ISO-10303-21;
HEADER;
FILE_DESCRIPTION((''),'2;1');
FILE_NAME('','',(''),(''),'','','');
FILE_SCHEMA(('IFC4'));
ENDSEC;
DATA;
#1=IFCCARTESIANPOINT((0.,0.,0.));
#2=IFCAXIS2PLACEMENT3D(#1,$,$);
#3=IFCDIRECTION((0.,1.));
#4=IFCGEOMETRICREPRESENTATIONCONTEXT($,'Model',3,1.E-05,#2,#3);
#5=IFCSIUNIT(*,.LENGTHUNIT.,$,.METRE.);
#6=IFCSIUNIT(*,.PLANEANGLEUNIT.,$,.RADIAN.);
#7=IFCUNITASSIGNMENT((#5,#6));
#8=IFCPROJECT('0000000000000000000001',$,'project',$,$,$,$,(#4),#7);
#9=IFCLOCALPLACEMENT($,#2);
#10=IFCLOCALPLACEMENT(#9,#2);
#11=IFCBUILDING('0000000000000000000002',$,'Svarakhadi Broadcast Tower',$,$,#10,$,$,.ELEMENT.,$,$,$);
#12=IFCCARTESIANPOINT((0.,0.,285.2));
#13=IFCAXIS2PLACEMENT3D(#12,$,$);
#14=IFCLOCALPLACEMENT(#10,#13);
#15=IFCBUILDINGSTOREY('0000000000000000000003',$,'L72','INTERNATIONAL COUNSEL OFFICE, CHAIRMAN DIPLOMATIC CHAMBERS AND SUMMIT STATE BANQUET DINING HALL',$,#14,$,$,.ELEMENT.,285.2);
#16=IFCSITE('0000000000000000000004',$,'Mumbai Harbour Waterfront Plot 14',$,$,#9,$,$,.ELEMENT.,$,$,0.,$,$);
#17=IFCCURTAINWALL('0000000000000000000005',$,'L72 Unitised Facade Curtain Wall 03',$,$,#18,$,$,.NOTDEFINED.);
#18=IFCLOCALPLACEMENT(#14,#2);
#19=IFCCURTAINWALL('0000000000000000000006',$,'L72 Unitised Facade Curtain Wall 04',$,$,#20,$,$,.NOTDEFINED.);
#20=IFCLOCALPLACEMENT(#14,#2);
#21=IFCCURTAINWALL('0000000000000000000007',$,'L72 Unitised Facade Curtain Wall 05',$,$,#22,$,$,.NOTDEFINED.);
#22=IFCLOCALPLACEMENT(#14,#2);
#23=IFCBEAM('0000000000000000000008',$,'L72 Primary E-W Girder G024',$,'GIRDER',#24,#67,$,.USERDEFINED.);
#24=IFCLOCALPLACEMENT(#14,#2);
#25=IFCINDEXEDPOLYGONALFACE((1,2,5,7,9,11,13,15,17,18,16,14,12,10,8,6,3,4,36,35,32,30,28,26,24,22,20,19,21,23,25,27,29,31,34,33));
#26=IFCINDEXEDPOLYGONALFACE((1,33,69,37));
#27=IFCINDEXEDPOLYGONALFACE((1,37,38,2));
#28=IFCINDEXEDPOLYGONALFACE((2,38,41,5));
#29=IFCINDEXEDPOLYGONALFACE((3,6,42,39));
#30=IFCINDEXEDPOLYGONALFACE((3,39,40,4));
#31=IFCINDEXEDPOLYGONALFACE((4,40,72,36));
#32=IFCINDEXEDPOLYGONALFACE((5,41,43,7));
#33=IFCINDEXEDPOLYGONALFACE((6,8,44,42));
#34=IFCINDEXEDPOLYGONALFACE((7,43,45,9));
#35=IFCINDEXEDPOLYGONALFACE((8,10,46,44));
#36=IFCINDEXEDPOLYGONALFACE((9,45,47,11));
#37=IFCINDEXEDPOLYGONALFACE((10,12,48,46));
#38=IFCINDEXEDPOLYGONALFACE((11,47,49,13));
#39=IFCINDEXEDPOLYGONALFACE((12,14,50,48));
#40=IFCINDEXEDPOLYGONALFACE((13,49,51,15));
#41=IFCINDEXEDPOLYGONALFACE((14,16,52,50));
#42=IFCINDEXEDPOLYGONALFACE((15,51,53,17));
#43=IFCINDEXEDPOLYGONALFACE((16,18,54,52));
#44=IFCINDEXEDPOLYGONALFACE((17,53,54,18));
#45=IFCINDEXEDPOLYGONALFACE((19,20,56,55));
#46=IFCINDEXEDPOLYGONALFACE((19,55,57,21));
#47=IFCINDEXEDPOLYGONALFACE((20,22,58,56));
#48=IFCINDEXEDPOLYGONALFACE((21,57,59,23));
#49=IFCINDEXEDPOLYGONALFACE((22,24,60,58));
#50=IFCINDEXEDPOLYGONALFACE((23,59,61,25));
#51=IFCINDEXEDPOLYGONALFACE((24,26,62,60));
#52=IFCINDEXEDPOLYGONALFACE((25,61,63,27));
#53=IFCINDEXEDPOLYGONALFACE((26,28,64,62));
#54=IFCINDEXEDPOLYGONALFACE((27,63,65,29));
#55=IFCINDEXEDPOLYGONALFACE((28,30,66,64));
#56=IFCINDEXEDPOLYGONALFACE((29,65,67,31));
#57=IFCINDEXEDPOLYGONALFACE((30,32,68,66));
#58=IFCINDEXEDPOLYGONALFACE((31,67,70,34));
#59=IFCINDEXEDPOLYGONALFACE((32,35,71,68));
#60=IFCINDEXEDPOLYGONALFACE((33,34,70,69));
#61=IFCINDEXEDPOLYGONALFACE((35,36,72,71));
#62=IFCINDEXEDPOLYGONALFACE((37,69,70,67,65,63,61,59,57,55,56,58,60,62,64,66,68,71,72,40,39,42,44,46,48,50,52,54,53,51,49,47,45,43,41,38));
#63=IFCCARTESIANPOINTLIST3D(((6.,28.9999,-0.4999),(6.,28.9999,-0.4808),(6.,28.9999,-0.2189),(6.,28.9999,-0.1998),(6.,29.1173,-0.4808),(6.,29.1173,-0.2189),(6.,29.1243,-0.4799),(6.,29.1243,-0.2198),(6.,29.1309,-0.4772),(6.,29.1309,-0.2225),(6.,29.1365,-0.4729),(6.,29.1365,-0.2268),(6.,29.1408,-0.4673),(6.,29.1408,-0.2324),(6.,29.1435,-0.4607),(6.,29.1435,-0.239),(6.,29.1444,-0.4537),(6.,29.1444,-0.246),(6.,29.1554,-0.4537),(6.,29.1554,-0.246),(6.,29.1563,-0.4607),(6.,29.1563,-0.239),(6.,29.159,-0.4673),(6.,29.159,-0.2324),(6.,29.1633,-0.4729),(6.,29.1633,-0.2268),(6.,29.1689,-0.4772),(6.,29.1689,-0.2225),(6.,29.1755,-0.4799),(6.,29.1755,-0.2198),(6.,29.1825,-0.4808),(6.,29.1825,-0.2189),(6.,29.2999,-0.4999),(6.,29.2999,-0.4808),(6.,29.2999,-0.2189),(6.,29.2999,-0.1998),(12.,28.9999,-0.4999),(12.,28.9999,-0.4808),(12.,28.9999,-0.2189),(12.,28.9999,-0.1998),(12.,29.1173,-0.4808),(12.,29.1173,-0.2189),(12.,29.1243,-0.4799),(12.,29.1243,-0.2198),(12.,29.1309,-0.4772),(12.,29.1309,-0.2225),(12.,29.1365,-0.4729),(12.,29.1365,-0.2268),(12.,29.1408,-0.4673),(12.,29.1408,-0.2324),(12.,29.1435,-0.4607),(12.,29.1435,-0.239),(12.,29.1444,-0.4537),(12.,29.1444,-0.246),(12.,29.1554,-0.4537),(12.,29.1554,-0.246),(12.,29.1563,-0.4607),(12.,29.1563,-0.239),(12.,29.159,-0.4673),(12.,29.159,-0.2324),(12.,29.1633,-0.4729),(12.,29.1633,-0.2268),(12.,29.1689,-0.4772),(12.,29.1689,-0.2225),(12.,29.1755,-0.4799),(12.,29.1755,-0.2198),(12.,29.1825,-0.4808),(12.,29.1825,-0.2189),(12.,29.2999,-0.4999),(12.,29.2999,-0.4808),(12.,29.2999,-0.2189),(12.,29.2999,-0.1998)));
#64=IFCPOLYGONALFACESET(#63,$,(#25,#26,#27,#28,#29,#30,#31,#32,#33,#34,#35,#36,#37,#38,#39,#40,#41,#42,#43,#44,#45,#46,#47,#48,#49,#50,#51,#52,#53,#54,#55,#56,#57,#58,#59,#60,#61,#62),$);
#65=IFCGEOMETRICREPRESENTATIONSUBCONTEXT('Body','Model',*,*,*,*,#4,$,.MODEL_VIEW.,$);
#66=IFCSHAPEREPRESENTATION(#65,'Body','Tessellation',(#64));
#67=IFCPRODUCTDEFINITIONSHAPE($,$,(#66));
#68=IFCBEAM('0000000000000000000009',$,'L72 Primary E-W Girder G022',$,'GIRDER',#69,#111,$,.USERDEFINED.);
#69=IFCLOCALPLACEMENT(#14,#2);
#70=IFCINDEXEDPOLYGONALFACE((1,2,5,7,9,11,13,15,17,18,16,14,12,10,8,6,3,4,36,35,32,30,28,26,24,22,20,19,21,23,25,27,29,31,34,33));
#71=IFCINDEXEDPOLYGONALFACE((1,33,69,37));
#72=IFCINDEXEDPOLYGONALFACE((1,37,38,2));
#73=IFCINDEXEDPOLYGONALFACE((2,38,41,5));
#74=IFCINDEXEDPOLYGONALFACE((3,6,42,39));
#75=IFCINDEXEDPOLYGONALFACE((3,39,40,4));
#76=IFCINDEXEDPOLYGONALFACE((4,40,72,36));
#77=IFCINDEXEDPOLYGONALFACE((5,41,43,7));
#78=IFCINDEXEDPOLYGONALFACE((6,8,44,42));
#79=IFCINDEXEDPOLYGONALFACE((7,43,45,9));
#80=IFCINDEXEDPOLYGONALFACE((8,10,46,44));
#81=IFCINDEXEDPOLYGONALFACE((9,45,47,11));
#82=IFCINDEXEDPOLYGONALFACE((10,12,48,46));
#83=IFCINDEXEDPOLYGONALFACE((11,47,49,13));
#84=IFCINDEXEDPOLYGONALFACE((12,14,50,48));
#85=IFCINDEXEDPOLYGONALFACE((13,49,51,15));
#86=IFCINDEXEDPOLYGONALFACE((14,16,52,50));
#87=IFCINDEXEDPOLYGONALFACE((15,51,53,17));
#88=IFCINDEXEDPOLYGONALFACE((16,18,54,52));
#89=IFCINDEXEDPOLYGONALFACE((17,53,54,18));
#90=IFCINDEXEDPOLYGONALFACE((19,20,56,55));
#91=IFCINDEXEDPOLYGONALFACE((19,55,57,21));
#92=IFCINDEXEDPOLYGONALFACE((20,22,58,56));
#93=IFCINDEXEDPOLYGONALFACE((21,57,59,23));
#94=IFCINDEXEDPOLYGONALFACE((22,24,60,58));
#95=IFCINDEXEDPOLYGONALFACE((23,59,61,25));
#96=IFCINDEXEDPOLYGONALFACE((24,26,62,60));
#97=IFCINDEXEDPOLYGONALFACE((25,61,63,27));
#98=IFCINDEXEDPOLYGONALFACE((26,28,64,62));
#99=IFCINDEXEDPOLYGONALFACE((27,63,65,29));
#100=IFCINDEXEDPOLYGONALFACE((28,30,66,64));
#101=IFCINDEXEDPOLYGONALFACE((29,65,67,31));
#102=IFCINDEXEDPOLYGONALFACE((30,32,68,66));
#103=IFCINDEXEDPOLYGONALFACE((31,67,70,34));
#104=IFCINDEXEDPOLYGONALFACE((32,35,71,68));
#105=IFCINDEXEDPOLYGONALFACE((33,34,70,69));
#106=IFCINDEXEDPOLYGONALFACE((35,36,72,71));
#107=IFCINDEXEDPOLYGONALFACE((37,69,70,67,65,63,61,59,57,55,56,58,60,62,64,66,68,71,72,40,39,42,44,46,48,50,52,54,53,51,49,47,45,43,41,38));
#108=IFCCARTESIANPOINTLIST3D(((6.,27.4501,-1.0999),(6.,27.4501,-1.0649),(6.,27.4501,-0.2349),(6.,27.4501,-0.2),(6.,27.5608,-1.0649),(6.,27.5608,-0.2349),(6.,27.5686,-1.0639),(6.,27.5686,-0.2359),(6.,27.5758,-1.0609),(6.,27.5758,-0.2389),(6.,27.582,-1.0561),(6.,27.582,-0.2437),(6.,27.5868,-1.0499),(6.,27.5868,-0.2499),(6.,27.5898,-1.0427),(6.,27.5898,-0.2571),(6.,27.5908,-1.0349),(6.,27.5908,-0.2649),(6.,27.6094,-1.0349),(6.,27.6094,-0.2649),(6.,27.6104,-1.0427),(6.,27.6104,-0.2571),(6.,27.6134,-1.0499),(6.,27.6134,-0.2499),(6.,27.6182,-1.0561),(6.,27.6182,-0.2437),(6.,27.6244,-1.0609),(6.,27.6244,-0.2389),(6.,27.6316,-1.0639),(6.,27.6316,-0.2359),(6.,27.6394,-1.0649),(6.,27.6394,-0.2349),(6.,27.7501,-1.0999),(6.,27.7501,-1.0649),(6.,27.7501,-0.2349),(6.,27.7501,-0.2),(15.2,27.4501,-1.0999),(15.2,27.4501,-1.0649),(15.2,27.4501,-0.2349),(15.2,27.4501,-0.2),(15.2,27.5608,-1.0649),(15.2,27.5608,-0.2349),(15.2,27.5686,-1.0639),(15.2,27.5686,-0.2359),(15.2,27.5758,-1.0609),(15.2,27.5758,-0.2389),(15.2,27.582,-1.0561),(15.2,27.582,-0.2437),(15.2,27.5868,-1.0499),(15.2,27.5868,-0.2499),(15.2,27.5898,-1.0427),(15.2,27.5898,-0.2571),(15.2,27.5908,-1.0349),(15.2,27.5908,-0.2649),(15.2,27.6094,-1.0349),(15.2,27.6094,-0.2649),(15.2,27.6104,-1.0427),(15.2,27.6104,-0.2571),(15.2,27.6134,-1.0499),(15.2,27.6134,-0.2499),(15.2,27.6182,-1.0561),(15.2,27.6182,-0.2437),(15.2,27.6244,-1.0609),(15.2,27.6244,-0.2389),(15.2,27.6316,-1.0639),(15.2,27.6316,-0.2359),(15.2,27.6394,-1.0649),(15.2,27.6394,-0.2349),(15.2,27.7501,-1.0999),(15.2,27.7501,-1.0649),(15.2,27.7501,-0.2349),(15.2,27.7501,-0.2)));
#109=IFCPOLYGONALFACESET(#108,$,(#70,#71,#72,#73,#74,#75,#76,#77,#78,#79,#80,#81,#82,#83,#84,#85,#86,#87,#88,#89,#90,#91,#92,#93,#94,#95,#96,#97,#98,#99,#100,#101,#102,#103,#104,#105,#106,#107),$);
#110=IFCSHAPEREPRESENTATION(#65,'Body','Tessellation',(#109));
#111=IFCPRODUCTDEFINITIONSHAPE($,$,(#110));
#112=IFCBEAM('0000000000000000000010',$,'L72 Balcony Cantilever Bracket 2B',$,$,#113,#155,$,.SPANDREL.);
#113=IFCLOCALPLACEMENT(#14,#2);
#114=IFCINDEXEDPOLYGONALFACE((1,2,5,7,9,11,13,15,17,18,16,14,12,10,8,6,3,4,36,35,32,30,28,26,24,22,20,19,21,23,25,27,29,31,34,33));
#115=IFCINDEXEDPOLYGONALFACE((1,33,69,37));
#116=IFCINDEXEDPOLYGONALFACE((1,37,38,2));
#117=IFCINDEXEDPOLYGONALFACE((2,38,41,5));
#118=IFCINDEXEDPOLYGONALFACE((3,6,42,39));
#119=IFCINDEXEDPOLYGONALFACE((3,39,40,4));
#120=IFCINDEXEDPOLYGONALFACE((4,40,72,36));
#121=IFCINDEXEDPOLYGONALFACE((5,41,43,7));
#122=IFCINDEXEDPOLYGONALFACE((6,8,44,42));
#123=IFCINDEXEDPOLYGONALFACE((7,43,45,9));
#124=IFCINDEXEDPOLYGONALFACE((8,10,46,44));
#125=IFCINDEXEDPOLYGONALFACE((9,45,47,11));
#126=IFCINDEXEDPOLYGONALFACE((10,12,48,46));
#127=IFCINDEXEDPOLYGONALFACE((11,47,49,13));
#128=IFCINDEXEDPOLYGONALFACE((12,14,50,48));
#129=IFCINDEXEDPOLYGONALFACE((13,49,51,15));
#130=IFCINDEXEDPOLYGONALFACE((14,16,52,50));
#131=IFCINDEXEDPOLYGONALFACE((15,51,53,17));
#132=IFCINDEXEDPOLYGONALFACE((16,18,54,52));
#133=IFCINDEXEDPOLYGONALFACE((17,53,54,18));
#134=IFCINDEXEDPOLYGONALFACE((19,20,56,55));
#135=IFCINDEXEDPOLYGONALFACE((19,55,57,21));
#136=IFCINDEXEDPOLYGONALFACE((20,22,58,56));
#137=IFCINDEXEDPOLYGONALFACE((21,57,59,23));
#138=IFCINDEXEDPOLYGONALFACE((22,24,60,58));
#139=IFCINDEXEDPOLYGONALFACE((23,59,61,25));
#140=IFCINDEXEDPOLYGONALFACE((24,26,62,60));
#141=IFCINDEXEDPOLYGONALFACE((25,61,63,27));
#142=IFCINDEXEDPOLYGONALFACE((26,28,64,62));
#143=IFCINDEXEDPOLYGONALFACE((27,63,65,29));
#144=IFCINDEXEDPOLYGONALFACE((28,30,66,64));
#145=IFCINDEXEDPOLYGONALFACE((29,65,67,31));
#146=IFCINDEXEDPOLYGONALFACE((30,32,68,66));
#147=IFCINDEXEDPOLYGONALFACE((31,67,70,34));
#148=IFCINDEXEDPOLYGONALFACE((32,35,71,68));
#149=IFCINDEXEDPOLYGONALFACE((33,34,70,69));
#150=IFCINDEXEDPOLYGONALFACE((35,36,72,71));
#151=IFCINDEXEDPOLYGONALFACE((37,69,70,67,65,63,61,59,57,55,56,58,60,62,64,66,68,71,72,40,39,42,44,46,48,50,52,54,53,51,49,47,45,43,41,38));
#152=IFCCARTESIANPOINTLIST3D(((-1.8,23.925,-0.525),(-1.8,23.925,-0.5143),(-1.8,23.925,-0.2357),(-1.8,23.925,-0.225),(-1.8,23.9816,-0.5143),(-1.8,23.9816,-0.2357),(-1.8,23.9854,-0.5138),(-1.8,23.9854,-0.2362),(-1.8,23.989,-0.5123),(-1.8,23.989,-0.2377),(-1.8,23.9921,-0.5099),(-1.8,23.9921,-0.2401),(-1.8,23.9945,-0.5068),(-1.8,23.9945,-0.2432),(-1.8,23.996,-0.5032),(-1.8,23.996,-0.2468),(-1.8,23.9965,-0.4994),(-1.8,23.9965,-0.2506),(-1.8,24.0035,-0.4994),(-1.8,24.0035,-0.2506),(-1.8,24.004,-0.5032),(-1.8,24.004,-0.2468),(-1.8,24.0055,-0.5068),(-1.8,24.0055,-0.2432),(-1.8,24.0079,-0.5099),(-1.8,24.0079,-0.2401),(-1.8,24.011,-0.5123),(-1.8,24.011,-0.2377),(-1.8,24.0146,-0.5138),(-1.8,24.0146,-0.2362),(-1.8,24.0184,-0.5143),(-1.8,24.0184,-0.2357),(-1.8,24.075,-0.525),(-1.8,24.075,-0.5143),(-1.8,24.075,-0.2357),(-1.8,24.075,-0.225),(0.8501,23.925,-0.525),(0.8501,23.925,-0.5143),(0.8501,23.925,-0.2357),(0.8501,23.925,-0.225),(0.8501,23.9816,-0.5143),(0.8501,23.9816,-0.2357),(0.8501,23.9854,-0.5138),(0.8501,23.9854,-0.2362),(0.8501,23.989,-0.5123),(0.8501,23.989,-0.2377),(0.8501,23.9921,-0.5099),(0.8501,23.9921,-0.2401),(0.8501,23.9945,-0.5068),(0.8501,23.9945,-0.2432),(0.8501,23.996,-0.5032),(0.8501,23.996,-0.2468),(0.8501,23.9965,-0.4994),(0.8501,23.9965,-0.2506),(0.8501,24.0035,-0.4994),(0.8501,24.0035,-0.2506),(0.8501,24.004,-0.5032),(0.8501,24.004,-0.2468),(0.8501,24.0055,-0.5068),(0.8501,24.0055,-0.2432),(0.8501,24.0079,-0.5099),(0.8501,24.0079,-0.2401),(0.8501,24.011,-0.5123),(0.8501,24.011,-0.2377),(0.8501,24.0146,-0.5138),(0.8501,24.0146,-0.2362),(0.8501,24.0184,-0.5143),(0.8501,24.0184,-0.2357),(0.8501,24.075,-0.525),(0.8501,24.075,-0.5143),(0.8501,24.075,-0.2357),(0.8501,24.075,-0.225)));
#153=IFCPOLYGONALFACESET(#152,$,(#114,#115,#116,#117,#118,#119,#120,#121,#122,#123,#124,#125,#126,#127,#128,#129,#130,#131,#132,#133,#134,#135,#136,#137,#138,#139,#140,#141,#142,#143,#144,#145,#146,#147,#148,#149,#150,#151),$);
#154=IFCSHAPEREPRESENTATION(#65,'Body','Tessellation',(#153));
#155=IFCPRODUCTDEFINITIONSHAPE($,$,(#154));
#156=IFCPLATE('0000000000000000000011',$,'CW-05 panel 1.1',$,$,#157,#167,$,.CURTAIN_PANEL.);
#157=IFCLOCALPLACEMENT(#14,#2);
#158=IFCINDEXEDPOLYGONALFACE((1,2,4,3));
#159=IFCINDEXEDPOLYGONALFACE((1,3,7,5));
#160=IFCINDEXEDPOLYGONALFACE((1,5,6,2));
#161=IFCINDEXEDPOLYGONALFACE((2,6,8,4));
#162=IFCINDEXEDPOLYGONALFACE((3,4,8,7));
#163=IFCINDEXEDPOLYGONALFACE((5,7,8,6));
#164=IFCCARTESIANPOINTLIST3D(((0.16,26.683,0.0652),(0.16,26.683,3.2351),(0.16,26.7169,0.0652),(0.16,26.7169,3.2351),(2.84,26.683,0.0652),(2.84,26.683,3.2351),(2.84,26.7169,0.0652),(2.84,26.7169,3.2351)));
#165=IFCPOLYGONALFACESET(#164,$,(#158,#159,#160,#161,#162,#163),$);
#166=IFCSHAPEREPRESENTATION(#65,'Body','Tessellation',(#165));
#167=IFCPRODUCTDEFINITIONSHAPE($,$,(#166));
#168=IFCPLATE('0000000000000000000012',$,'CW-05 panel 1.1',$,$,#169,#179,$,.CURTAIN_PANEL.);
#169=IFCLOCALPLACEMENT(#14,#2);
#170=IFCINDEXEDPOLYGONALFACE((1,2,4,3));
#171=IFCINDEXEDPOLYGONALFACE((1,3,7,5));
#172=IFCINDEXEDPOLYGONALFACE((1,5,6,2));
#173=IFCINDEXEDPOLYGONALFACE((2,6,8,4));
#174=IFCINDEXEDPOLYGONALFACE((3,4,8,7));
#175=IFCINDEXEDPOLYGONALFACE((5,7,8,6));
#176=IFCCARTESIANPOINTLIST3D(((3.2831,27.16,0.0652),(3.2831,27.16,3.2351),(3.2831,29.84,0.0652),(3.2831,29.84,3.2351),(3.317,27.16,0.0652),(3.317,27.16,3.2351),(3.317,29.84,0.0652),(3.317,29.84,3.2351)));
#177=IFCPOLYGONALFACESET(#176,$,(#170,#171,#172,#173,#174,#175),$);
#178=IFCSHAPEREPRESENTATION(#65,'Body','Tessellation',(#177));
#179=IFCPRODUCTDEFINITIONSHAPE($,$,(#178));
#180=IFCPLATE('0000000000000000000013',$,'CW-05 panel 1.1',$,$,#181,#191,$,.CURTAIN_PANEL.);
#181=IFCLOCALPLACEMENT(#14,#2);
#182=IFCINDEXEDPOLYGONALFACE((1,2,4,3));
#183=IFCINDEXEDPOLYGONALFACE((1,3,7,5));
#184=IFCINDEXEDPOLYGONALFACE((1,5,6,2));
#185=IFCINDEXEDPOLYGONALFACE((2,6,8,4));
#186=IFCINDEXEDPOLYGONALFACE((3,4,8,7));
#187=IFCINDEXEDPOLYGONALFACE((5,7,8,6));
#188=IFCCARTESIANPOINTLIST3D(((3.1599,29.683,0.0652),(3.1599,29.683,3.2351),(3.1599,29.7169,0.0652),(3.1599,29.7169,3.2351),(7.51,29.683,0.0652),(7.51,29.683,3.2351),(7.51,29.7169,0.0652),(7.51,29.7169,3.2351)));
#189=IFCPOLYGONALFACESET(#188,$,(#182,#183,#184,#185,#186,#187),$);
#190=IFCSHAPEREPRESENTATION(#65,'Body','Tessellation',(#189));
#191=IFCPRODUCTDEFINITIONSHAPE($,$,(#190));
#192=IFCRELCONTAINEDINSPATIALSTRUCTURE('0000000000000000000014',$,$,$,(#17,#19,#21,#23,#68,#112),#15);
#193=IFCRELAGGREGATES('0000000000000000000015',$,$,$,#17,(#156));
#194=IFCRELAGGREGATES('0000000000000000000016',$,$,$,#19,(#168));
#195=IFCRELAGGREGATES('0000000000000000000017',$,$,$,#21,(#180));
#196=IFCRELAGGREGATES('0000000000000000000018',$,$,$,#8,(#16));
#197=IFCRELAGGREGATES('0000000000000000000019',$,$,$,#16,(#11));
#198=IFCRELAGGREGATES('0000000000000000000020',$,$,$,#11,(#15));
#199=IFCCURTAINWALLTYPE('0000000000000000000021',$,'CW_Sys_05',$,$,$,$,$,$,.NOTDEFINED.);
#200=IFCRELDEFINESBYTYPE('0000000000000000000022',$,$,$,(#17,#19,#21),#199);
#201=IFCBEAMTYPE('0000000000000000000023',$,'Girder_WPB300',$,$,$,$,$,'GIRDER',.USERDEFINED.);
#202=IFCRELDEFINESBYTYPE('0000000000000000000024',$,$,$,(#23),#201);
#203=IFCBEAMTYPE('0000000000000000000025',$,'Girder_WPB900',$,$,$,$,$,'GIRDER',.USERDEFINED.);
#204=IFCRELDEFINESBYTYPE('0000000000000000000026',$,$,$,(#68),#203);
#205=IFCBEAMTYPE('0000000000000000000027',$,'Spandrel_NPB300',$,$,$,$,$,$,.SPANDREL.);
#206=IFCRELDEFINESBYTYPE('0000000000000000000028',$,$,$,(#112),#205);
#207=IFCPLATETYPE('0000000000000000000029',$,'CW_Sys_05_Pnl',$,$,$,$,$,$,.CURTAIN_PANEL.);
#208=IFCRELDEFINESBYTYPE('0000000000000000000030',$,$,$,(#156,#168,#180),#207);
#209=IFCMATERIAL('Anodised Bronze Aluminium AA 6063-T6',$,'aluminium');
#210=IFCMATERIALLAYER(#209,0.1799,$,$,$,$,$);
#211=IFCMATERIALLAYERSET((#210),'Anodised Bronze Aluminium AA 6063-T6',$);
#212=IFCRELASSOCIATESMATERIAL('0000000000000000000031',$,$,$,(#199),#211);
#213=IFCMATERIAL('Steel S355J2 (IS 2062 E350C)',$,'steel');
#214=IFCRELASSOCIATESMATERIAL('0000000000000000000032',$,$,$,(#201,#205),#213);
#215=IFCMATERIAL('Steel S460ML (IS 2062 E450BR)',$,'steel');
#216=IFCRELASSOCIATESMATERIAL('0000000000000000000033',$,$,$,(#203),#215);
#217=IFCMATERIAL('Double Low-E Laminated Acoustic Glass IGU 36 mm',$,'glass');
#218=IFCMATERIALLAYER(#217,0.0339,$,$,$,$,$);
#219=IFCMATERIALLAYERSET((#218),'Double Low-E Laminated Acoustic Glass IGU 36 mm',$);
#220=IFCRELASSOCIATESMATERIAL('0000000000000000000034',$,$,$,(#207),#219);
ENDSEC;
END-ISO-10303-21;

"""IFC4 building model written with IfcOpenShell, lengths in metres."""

from ifc_helpers import new_model, si_unit, direction, frame, origin, origin_2d, place, context, subcontext, project, spatial, rectangle, i_section, extrude, material, layer, layer_set, material_profile, profile_set, type_object, element, aggregate, save


model = new_model("IFC4")

# Units and contexts
model_context = context("Model", 3, precision=1e-05, world=origin(), true_north=direction((0.0, 1.0)))
body_context = subcontext(model_context, "Body", "Model", "MODEL_VIEW")
ifc_project = project(units=[si_unit("LENGTHUNIT", "METRE"), si_unit("PLANEANGLEUNIT", "RADIAN")], contexts=[model_context])

# Site, building, storey
site_placement = place(None, origin())
site = spatial("IfcSite", under=ifc_project, at=site_placement, Name="Mumbai Harbour Waterfront Plot 14", CompositionType="ELEMENT", RefElevation=0.0)
building_placement = place(site_placement, origin())
building = spatial("IfcBuilding", under=site, at=building_placement, Name="Svarakhadi Broadcast Tower", CompositionType="ELEMENT")
storey_placement = place(building_placement, frame((0.0, 0.0, 285.2)))
storey = spatial("IfcBuildingStorey", under=building, at=storey_placement, Name="L72", Description="INTERNATIONAL COUNSEL OFFICE, CHAIRMAN DIPLOMATIC CHAMBERS AND SUMMIT STATE BANQUET DINING HALL", CompositionType="ELEMENT", Elevation=285.2)

# Shared definitions
ifc_material_1 = material(Name="Steel S460ML (IS 2062 E450BR)", Category="steel")

# Curtain walls
ifc_material_2 = material(Name="Anodised Bronze Aluminium AA 6063-T6", Category="aluminium")
ifc_layer_1 = layer(ifc_material_2, 0.1799)
ifc_layer_set_1 = layer_set([ifc_layer_1], Name="Anodised Bronze Aluminium AA 6063-T6")
curtain_wall_type = type_object("IfcCurtainWallType", Name="CW_Sys_05", PredefinedType="NOTDEFINED", material=ifc_layer_set_1)
curtain_wall_1_placement = place(storey_placement, origin())
curtain_wall_1 = element("IfcCurtainWall", 1, at=curtain_wall_1_placement, inside=storey, type_object=curtain_wall_type, Name="L72 Unitised Facade Curtain Wall 03", PredefinedType="NOTDEFINED")
curtain_wall_2_placement = place(storey_placement, origin())
curtain_wall_2 = element("IfcCurtainWall", 2, at=curtain_wall_2_placement, inside=storey, type_object=curtain_wall_type, Name="L72 Unitised Facade Curtain Wall 04", PredefinedType="NOTDEFINED")

# Curtain wall
curtain_wall_3_placement = place(storey_placement, origin())
curtain_wall_3 = element("IfcCurtainWall", 3, at=curtain_wall_3_placement, inside=storey, type_object=curtain_wall_type, Name="L72 Unitised Facade Curtain Wall 05", PredefinedType="NOTDEFINED")

# Beams
ifc_material_3 = material(Name="Steel S355J2 (IS 2062 E350C)", Category="steel")
ifc_material_profile_1 = material_profile(ifc_material_3, i_section(OverallWidth=0.3, OverallDepth=0.3, WebThickness=0.011, FlangeThickness=0.019, FilletRadius=0.0271, at=origin_2d()), Name="WPB 300x300x117")
ifc_profile_set_1 = profile_set([ifc_material_profile_1], Name="Steel S355J2 (IS 2062 E350C)")
beam_type_1 = type_object("IfcBeamType", Name="Girder_WPB300", ElementType="GIRDER", PredefinedType="USERDEFINED", material=ifc_profile_set_1)
beam_1_placement = place(storey_placement, frame((6.0, 29.1499, -0.3499), z_axis=(1.0, 0.0, 0.0), x_axis=(0.0, 1.0, 0.0)))
element("IfcBeam", 4, at=beam_1_placement, inside=storey, type_object=beam_type_1, Name="L72 Primary E-W Girder G024", ObjectType="GIRDER", PredefinedType="USERDEFINED", context=body_context, shape_type="SweptSolid", body=[
    extrude(i_section(OverallWidth=0.3, OverallDepth=0.3, WebThickness=0.011, FlangeThickness=0.019, FilletRadius=0.0271, at=origin_2d()), origin(), (0.0, 0.0, 1.0), 6.0),
])
ifc_material_profile_2 = material_profile(ifc_material_1, i_section(OverallWidth=0.3, OverallDepth=0.8999, WebThickness=0.0186, FlangeThickness=0.0349, FilletRadius=0.03, at=origin_2d()), Name="WPB 900x300x291")
ifc_profile_set_2 = profile_set([ifc_material_profile_2], Name="Steel S460ML (IS 2062 E450BR)")
beam_type_2 = type_object("IfcBeamType", Name="Girder_WPB900", ElementType="GIRDER", PredefinedType="USERDEFINED", material=ifc_profile_set_2)
beam_2_placement = place(storey_placement, frame((6.0, 27.6001, -0.6499), z_axis=(1.0, 0.0, 0.0), x_axis=(0.0, 1.0, 0.0)))
element("IfcBeam", 5, at=beam_2_placement, inside=storey, type_object=beam_type_2, Name="L72 Primary E-W Girder G022", ObjectType="GIRDER", PredefinedType="USERDEFINED", context=body_context, shape_type="SweptSolid", body=[
    extrude(i_section(OverallWidth=0.3, OverallDepth=0.8999, WebThickness=0.0186, FlangeThickness=0.0349, FilletRadius=0.03, at=origin_2d()), origin(), (0.0, 0.0, 1.0), 9.2),
])
ifc_material_profile_3 = material_profile(ifc_material_3, i_section(OverallWidth=0.1499, OverallDepth=0.3, WebThickness=0.0071, FlangeThickness=0.0107, FilletRadius=0.0149, at=origin_2d()), Name="NPB 300x150x37")
ifc_profile_set_3 = profile_set([ifc_material_profile_3], Name="Steel S355J2 (IS 2062 E350C)")
beam_type_3 = type_object("IfcBeamType", Name="Spandrel_NPB300", PredefinedType="SPANDREL", material=ifc_profile_set_3)
beam_3_placement = place(storey_placement, frame((0.8501, 24.0, -0.375), z_axis=(-1.0, 0.0, 0.0), x_axis=(0.0, -1.0, 0.0)))
element("IfcBeam", 6, at=beam_3_placement, inside=storey, type_object=beam_type_3, Name="L72 Balcony Cantilever Bracket 2B", PredefinedType="SPANDREL", context=body_context, shape_type="SweptSolid", body=[
    extrude(i_section(OverallWidth=0.1499, OverallDepth=0.3, WebThickness=0.0071, FlangeThickness=0.0107, FilletRadius=0.0149, at=origin_2d()), origin(), (0.0, 0.0, 1.0), 2.6501),
])

# Plates
ifc_material_4 = material(Name="Double Low-E Laminated Acoustic Glass IGU 36 mm", Category="glass")
ifc_layer_2 = layer(ifc_material_4, 0.0339)
ifc_layer_set_2 = layer_set([ifc_layer_2], Name="Double Low-E Laminated Acoustic Glass IGU 36 mm")
plate_type = type_object("IfcPlateType", Name="CW_Sys_05_Pnl", PredefinedType="CURTAIN_PANEL", material=ifc_layer_set_2)
plate_1_placement = place(storey_placement, frame((1.5, 26.7, 0.0652), z_axis=(0.0, 0.0, 1.0), x_axis=(1.0, 0.0, 0.0)))
plate_1 = element("IfcPlate", 7, at=plate_1_placement, type_object=plate_type, Name="CW-05 panel 1.1", PredefinedType="CURTAIN_PANEL", context=body_context, shape_type="SweptSolid", body=[
    extrude(rectangle(XDim=2.6799, YDim=0.0339, at=origin_2d()), origin(), (0.0, 0.0, 1.0), 3.1699),
])
aggregate(curtain_wall_1, [plate_1])
plate_2_placement = place(storey_placement, frame((3.3, 28.5, 0.0652), z_axis=(0.0, 0.0, 1.0), x_axis=(0.0, 1.0, 0.0)))
plate_2 = element("IfcPlate", 8, at=plate_2_placement, type_object=plate_type, Name="CW-05 panel 1.1", PredefinedType="CURTAIN_PANEL", context=body_context, shape_type="SweptSolid", body=[
    extrude(rectangle(XDim=2.6799, YDim=0.0339, at=origin_2d()), origin(), (0.0, 0.0, 1.0), 3.1699),
])
aggregate(curtain_wall_2, [plate_2])
plate_3_placement = place(storey_placement, frame((5.335, 29.7, 0.0652), z_axis=(0.0, 0.0, 1.0), x_axis=(1.0, 0.0, 0.0)))
plate_3 = element("IfcPlate", 9, at=plate_3_placement, type_object=plate_type, Name="CW-05 panel 1.1", PredefinedType="CURTAIN_PANEL", context=body_context, shape_type="SweptSolid", body=[
    extrude(rectangle(XDim=4.3501, YDim=0.0339, at=origin_2d()), origin(), (0.0, 0.0, 1.0), 3.1699),
])
aggregate(curtain_wall_3, [plate_3])

save(model, "model.ifc")
